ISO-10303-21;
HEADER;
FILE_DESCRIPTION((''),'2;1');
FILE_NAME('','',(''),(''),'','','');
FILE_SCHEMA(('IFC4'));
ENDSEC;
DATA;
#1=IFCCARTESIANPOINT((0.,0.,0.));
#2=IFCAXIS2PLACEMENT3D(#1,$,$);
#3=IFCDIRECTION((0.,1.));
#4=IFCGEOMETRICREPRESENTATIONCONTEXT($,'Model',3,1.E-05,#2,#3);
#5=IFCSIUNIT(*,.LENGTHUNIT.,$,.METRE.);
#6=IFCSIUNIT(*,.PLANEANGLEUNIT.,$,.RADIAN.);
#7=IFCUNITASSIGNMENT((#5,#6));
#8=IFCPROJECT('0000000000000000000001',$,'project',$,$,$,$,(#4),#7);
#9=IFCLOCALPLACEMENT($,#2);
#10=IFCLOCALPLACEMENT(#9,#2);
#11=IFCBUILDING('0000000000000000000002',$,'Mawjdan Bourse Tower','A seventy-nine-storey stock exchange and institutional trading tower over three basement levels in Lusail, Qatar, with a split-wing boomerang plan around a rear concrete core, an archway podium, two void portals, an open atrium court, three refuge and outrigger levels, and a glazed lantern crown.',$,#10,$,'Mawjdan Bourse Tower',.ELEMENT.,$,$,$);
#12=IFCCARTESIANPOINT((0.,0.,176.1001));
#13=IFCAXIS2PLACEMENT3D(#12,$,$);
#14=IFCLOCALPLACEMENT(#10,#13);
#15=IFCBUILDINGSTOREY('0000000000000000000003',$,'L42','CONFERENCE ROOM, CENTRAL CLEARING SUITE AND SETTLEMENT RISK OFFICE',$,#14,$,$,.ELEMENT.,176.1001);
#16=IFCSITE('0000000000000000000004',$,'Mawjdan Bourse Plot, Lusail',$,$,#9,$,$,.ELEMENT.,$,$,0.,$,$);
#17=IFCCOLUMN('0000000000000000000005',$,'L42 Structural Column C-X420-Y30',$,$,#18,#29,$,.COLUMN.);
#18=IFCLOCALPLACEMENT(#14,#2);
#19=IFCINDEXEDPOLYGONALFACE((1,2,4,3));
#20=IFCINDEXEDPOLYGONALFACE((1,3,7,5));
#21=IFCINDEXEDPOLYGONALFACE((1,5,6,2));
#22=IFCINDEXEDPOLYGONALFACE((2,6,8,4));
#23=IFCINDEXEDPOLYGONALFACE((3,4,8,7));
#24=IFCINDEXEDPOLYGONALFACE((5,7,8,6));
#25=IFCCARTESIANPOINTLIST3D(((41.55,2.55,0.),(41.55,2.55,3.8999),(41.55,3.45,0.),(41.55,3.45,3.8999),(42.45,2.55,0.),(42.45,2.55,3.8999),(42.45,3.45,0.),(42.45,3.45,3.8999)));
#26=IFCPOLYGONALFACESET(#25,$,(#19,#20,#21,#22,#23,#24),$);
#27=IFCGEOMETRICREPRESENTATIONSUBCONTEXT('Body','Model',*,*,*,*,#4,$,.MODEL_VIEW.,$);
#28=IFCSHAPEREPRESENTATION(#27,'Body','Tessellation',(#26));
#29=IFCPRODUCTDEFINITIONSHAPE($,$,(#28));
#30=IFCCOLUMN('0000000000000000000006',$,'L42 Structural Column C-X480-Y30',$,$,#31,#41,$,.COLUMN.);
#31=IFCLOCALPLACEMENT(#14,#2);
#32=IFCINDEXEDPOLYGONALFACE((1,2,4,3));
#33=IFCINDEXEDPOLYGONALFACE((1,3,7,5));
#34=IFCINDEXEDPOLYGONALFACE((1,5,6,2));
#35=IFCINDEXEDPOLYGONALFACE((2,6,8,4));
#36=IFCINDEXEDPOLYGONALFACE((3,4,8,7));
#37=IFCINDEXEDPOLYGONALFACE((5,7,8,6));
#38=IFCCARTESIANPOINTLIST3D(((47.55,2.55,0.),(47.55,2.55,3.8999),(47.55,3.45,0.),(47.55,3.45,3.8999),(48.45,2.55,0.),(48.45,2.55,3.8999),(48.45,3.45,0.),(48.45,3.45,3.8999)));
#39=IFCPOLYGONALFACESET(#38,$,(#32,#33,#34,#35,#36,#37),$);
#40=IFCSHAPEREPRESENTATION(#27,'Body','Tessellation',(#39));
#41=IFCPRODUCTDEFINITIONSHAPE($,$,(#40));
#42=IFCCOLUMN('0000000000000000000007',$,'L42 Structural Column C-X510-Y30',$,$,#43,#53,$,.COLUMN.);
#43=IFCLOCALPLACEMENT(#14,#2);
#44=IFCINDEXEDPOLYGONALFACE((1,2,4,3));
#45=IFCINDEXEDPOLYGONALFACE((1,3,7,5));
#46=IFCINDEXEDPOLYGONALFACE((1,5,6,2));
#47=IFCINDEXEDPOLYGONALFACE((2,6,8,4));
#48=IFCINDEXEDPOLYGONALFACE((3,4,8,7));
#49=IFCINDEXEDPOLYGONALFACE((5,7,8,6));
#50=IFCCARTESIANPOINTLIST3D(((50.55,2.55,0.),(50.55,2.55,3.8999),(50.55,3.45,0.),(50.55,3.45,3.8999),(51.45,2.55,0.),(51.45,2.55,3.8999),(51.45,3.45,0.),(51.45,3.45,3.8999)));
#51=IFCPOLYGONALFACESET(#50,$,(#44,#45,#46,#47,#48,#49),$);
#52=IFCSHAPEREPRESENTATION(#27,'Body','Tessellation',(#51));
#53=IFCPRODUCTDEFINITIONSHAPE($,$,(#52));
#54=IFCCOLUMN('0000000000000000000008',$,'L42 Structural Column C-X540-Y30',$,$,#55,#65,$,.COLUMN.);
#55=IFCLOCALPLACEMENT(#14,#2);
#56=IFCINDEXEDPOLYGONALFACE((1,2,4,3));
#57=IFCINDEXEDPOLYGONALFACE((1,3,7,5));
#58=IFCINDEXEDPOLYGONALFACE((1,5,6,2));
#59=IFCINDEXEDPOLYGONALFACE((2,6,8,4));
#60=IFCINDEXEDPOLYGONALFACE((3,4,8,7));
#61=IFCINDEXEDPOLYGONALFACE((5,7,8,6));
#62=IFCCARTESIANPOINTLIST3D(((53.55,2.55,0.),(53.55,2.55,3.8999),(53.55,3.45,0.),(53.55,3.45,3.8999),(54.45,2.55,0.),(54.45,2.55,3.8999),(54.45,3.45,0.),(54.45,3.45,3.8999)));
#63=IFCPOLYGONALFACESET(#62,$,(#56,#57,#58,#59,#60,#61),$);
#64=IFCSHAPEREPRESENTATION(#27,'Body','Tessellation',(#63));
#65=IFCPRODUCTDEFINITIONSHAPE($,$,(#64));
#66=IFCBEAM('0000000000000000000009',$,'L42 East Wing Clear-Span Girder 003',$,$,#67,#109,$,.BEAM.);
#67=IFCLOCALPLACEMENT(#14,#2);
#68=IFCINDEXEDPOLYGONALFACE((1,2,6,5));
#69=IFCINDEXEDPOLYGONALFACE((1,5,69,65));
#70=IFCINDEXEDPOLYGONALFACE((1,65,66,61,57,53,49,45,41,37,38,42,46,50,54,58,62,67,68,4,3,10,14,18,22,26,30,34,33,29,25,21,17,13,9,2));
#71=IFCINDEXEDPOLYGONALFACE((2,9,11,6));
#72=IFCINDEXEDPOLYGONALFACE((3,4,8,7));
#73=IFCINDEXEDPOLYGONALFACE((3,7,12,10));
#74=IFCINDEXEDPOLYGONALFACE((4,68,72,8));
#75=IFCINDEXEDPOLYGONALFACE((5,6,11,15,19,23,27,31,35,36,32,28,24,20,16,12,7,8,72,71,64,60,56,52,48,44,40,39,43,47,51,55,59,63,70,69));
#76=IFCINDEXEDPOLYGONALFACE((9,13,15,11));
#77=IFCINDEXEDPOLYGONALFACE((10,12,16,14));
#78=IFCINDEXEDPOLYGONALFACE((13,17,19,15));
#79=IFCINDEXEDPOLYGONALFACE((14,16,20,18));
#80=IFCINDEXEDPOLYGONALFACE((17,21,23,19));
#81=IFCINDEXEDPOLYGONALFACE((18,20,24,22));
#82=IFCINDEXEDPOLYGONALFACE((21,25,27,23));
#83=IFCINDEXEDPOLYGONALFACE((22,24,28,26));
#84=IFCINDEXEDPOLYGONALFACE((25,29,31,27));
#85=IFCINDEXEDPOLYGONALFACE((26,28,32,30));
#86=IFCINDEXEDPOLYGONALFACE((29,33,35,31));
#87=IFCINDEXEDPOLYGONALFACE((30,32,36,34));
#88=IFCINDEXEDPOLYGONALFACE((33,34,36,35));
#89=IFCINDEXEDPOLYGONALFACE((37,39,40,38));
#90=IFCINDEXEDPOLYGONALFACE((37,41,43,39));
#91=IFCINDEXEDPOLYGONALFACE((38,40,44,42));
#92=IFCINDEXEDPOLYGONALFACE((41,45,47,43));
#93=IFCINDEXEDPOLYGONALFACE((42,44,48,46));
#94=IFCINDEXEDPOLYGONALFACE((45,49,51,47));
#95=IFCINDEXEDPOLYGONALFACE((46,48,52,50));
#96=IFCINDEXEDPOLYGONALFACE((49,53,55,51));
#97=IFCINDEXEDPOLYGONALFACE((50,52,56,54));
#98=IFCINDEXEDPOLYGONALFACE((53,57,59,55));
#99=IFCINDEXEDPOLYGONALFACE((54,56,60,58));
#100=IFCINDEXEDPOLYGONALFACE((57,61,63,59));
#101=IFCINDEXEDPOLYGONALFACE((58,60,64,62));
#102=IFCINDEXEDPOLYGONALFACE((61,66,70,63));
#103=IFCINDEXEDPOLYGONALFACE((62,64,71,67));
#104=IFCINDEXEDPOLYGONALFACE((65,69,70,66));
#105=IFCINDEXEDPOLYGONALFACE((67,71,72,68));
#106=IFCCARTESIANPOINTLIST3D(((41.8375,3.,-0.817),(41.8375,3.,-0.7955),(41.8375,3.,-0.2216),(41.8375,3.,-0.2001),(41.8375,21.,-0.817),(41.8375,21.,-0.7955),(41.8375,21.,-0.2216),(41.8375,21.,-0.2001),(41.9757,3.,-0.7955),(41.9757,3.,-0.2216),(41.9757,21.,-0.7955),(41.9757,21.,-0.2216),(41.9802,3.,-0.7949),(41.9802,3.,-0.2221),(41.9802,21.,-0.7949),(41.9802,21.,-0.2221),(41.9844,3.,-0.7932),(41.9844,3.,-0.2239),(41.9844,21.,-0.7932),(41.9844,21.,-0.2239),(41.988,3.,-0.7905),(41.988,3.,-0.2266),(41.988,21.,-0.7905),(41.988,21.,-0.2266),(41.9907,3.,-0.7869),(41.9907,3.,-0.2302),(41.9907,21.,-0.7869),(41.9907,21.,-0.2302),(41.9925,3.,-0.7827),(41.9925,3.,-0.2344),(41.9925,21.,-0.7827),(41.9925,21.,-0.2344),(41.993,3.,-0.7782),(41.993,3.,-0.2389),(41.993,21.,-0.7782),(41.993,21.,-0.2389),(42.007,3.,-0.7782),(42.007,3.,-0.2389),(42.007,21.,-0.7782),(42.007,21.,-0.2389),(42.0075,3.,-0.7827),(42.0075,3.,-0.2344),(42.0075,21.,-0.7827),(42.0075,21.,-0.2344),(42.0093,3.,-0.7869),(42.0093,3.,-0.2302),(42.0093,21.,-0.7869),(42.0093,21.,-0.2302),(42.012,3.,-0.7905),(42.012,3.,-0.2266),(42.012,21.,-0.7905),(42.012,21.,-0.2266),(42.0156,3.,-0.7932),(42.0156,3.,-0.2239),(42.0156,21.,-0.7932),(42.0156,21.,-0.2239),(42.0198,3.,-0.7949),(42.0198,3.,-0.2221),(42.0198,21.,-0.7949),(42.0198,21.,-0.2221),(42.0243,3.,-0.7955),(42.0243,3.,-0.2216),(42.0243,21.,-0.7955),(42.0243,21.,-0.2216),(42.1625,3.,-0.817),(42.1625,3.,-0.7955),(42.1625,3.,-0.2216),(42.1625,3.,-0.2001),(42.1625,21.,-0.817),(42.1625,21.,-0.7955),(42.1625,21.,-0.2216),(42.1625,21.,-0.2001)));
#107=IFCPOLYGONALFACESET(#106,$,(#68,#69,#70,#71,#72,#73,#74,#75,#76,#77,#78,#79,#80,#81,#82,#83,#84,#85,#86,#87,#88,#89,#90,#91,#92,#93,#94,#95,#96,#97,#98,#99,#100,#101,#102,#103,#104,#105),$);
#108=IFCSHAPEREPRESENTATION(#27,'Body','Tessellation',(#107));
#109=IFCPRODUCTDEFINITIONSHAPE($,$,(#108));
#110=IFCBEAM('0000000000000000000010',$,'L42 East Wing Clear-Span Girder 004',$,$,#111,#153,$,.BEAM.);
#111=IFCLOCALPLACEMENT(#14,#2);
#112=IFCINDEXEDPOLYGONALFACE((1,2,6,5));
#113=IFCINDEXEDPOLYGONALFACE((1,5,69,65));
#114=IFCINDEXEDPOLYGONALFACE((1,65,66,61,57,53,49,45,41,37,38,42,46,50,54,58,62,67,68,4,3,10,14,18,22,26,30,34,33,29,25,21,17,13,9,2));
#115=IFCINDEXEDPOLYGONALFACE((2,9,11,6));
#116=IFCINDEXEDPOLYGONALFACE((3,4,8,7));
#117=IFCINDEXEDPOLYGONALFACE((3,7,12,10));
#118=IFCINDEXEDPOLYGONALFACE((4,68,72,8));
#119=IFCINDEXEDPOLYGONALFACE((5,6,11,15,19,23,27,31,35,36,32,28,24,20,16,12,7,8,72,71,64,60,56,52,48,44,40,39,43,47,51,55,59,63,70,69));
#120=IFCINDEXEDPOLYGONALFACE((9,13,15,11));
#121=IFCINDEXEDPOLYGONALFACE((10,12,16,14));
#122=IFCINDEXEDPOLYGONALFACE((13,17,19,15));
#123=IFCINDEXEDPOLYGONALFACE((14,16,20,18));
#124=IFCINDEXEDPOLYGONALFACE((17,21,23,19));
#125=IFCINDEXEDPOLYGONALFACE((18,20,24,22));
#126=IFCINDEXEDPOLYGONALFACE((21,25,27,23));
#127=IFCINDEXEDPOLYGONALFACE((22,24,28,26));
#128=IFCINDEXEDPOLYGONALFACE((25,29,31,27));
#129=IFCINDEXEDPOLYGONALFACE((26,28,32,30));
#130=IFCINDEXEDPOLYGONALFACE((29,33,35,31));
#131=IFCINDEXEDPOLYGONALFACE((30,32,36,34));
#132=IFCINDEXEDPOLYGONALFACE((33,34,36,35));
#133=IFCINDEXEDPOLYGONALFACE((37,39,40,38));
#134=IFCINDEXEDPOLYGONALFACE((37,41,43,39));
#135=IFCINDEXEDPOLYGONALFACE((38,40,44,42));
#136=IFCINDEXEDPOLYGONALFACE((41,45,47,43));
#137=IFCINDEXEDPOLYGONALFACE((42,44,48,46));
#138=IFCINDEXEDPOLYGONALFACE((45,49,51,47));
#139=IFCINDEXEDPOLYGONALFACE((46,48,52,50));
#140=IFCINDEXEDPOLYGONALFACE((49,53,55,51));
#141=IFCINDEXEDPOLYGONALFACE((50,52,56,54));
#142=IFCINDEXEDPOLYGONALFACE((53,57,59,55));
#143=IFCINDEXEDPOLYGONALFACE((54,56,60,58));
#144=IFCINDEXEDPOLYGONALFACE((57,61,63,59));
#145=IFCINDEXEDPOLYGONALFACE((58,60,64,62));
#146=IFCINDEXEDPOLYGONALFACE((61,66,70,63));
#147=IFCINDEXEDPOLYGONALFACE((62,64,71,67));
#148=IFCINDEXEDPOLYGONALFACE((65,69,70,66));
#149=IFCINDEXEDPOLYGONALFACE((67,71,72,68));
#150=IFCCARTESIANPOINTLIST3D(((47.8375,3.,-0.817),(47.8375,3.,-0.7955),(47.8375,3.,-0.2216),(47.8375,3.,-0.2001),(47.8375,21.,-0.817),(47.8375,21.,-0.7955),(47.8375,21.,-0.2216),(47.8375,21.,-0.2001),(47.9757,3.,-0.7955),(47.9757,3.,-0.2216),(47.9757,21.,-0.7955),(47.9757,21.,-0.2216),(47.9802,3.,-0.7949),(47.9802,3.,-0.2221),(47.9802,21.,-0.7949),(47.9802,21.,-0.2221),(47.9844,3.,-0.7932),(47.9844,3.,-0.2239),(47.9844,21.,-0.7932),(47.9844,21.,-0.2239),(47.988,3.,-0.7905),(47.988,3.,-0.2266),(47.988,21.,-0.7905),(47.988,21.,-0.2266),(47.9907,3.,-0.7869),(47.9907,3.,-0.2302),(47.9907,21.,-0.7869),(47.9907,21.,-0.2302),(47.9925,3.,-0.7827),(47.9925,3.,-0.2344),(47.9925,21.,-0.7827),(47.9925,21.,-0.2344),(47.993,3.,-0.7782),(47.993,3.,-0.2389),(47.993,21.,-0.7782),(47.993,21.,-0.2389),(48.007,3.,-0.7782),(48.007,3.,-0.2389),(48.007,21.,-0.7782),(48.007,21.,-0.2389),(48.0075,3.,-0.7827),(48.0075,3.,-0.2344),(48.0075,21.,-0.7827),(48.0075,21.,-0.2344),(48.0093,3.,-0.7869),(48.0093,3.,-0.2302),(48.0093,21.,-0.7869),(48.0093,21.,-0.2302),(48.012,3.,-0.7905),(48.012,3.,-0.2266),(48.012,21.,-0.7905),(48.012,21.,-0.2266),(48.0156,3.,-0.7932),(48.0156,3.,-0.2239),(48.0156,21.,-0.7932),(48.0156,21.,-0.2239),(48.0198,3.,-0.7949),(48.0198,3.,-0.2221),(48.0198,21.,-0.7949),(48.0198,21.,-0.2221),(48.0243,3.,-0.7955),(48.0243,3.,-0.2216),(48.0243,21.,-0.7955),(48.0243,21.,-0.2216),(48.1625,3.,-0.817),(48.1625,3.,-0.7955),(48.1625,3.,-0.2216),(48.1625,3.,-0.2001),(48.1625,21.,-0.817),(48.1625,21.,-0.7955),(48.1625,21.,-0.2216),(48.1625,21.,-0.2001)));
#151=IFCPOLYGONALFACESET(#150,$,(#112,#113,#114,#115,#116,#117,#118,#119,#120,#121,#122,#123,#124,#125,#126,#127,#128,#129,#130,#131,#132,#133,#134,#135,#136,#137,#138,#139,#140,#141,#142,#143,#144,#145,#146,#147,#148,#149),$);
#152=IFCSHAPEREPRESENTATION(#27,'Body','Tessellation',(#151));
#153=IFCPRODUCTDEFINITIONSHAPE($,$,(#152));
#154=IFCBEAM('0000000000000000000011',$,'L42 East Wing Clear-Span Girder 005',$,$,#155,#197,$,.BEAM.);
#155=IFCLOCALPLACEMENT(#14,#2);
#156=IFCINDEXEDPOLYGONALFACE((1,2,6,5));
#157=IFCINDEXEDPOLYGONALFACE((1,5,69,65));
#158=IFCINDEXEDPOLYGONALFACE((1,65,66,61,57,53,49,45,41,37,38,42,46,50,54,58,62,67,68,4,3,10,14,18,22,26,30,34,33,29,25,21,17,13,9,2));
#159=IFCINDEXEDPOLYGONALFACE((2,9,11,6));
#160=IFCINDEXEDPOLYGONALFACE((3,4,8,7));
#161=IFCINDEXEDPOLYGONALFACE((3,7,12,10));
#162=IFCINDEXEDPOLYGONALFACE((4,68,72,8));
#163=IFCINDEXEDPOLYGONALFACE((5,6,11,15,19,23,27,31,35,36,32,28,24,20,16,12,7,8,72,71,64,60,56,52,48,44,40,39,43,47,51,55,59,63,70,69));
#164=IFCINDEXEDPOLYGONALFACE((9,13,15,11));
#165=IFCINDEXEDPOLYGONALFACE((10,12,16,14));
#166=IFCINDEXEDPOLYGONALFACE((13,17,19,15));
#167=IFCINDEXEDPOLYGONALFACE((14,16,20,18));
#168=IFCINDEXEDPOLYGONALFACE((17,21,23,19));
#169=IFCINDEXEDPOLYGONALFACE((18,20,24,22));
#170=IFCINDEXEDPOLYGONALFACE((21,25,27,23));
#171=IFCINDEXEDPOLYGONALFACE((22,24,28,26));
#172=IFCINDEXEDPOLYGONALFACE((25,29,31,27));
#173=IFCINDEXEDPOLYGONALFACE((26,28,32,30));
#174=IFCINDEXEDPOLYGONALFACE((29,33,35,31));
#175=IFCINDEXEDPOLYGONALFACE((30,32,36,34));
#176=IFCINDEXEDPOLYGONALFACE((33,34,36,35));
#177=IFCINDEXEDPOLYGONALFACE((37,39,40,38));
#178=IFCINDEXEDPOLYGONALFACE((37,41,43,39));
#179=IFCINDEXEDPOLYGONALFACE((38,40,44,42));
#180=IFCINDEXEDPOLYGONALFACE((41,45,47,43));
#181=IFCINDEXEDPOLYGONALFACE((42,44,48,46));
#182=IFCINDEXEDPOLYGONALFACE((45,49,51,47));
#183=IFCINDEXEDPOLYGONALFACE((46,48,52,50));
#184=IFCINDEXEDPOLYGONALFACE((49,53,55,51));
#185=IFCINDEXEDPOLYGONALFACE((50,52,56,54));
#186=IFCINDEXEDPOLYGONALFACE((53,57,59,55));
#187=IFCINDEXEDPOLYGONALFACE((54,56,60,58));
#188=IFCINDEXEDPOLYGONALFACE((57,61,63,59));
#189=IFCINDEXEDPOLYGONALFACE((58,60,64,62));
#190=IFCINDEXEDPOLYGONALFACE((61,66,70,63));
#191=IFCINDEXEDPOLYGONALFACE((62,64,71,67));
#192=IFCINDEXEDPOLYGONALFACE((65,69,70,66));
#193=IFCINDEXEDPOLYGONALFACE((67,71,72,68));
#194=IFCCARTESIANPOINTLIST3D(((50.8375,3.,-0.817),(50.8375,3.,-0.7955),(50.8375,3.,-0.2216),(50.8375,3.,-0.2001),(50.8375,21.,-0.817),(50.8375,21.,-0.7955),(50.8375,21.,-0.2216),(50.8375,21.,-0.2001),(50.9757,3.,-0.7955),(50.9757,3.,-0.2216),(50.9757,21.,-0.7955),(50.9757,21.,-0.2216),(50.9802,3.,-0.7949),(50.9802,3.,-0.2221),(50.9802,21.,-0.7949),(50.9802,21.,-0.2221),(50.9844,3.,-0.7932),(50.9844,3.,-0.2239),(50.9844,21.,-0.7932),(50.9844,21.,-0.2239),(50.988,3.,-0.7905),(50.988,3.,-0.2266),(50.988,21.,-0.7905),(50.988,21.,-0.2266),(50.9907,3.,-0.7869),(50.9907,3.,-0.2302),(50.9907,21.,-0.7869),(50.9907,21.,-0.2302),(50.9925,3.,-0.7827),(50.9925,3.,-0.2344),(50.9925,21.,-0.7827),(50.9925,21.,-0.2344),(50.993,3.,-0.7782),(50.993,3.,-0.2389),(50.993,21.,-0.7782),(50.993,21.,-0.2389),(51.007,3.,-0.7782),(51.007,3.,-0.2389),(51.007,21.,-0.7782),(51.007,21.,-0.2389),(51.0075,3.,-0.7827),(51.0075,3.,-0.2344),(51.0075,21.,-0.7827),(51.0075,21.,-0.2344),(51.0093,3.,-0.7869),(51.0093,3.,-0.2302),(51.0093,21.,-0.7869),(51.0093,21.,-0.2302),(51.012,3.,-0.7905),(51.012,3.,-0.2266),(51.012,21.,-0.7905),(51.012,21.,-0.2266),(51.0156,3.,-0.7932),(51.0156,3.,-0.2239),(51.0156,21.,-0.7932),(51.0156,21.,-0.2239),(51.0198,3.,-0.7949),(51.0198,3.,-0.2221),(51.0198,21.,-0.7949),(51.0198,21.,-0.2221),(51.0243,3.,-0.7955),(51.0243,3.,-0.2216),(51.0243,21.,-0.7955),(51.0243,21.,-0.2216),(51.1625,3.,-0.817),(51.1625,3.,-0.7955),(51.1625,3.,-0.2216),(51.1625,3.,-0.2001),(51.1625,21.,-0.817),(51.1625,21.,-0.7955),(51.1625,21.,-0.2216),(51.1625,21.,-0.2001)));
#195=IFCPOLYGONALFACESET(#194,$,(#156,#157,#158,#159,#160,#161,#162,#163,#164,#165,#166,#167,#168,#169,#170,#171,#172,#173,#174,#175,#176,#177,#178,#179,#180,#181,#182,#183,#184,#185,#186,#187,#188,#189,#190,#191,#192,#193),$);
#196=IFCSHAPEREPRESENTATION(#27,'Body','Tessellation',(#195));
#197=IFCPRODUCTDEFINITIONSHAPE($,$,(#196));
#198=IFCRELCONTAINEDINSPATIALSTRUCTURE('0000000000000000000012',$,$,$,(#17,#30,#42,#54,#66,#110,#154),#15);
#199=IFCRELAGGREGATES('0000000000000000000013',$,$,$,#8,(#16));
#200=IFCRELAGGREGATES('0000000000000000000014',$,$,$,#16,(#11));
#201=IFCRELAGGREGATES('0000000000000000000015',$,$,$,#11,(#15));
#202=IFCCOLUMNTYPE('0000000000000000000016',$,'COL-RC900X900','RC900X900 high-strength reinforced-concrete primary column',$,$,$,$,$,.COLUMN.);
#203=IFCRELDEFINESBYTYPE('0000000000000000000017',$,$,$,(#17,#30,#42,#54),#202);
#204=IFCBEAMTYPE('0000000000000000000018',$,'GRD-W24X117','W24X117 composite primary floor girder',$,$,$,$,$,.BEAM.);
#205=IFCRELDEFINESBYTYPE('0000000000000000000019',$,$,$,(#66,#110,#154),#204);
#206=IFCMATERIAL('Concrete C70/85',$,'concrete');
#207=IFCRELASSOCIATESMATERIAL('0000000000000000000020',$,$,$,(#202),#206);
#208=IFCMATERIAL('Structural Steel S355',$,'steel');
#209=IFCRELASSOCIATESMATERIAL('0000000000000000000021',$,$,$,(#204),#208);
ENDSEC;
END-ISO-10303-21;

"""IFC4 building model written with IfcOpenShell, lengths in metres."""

from ifc_helpers import new_model, si_unit, direction, frame, origin, origin_2d, place, context, subcontext, project, spatial, rectangle, i_section, extrude, material, material_profile, profile_set, type_object, element, save


model = new_model("IFC4")

# Units and contexts
model_context = context("Model", 3, precision=1e-05, world=origin(), true_north=direction((0.0, 1.0)))
body_context = subcontext(model_context, "Body", "Model", "MODEL_VIEW")
ifc_project = project(units=[si_unit("LENGTHUNIT", "METRE"), si_unit("PLANEANGLEUNIT", "RADIAN")], contexts=[model_context])

# Site, building, storey
site_placement = place(None, origin())
site = spatial("IfcSite", under=ifc_project, at=site_placement, Name="Mawjdan Bourse Plot, Lusail", CompositionType="ELEMENT", RefElevation=0.0)
building_placement = place(site_placement, origin())
building = spatial("IfcBuilding", under=site, at=building_placement, Name="Mawjdan Bourse Tower", Description="A seventy-nine-storey stock exchange and institutional trading tower over three basement levels in Lusail, Qatar, with a split-wing boomerang plan around a rear concrete core, an archway podium, two void portals, an open atrium court, three refuge and outrigger levels, and a glazed lantern crown.", LongName="Mawjdan Bourse Tower", CompositionType="ELEMENT")
storey_placement = place(building_placement, frame((0.0, 0.0, 176.1001)))
storey = spatial("IfcBuildingStorey", under=building, at=storey_placement, Name="L42", Description="CONFERENCE ROOM, CENTRAL CLEARING SUITE AND SETTLEMENT RISK OFFICE", CompositionType="ELEMENT", Elevation=176.1001)

# Columns
ifc_material_1 = material(Name="Concrete C70/85", Category="concrete")
ifc_material_profile_1 = material_profile(ifc_material_1, rectangle(XDim=0.8999, YDim=0.8999, at=origin_2d()), Name="RC900X900")
ifc_profile_set_1 = profile_set([ifc_material_profile_1], Name="Concrete C70/85")
column_type = type_object("IfcColumnType", Name="COL-RC900X900", Description="RC900X900 high-strength reinforced-concrete primary column", PredefinedType="COLUMN", material=ifc_profile_set_1)
for number, where, z_axis, x_axis, name in (
    (1, (42.0, 3.0, 0.0), (0.0, 0.0, 1.0), (1.0, 0.0, 0.0), "L42 Structural Column C-X420-Y30"),
    (2, (48.0, 3.0, 0.0), (0.0, 0.0, 1.0), (1.0, 0.0, 0.0), "L42 Structural Column C-X480-Y30"),
    (3, (51.0, 3.0, 0.0), (0.0, 0.0, 1.0), (1.0, 0.0, 0.0), "L42 Structural Column C-X510-Y30"),
    (4, (54.0, 3.0, 0.0), (0.0, 0.0, 1.0), (1.0, 0.0, 0.0), "L42 Structural Column C-X540-Y30"),
):
    element("IfcColumn", number, at=place(storey_placement, frame(where, z_axis=z_axis, x_axis=x_axis)), inside=storey, type_object=column_type, Name=name, PredefinedType="COLUMN", context=body_context, shape_type="SweptSolid", body=[
        extrude(rectangle(XDim=0.8999, YDim=0.8999, at=origin_2d()), origin(), (0.0, 0.0, 1.0), 3.8999),
    ])

# Beams
ifc_material_2 = material(Name="Structural Steel S355", Category="steel")
ifc_material_profile_2 = material_profile(ifc_material_2, i_section(OverallWidth=0.325, OverallDepth=0.6169, WebThickness=0.0139, FlangeThickness=0.0215, FilletRadius=0.0173, at=origin_2d()), Name="W24X117")
ifc_profile_set_2 = profile_set([ifc_material_profile_2], Name="Structural Steel S355")
beam_type_1 = type_object("IfcBeamType", Name="GRD-W24X117", Description="W24X117 composite primary floor girder", PredefinedType="BEAM", material=ifc_profile_set_2)
for number, where, z_axis, x_axis, name in (
    (5, (42.0, 3.0, -0.5085), (0.0, 1.0, 0.0), (-1.0, 0.0, 0.0), "L42 East Wing Clear-Span Girder 003"),
    (6, (48.0, 3.0, -0.5085), (0.0, 1.0, 0.0), (-1.0, 0.0, 0.0), "L42 East Wing Clear-Span Girder 004"),
    (7, (51.0, 3.0, -0.5085), (0.0, 1.0, 0.0), (-1.0, 0.0, 0.0), "L42 East Wing Clear-Span Girder 005"),
):
    element("IfcBeam", number, at=place(storey_placement, frame(where, z_axis=z_axis, x_axis=x_axis)), inside=storey, type_object=beam_type_1, Name=name, PredefinedType="BEAM", context=body_context, shape_type="SweptSolid", body=[
        extrude(i_section(OverallWidth=0.325, OverallDepth=0.6169, WebThickness=0.0139, FlangeThickness=0.0215, FilletRadius=0.0173, at=origin_2d()), origin(), (0.0, 0.0, 1.0), 18.0),
    ])

save(model, "model.ifc")
